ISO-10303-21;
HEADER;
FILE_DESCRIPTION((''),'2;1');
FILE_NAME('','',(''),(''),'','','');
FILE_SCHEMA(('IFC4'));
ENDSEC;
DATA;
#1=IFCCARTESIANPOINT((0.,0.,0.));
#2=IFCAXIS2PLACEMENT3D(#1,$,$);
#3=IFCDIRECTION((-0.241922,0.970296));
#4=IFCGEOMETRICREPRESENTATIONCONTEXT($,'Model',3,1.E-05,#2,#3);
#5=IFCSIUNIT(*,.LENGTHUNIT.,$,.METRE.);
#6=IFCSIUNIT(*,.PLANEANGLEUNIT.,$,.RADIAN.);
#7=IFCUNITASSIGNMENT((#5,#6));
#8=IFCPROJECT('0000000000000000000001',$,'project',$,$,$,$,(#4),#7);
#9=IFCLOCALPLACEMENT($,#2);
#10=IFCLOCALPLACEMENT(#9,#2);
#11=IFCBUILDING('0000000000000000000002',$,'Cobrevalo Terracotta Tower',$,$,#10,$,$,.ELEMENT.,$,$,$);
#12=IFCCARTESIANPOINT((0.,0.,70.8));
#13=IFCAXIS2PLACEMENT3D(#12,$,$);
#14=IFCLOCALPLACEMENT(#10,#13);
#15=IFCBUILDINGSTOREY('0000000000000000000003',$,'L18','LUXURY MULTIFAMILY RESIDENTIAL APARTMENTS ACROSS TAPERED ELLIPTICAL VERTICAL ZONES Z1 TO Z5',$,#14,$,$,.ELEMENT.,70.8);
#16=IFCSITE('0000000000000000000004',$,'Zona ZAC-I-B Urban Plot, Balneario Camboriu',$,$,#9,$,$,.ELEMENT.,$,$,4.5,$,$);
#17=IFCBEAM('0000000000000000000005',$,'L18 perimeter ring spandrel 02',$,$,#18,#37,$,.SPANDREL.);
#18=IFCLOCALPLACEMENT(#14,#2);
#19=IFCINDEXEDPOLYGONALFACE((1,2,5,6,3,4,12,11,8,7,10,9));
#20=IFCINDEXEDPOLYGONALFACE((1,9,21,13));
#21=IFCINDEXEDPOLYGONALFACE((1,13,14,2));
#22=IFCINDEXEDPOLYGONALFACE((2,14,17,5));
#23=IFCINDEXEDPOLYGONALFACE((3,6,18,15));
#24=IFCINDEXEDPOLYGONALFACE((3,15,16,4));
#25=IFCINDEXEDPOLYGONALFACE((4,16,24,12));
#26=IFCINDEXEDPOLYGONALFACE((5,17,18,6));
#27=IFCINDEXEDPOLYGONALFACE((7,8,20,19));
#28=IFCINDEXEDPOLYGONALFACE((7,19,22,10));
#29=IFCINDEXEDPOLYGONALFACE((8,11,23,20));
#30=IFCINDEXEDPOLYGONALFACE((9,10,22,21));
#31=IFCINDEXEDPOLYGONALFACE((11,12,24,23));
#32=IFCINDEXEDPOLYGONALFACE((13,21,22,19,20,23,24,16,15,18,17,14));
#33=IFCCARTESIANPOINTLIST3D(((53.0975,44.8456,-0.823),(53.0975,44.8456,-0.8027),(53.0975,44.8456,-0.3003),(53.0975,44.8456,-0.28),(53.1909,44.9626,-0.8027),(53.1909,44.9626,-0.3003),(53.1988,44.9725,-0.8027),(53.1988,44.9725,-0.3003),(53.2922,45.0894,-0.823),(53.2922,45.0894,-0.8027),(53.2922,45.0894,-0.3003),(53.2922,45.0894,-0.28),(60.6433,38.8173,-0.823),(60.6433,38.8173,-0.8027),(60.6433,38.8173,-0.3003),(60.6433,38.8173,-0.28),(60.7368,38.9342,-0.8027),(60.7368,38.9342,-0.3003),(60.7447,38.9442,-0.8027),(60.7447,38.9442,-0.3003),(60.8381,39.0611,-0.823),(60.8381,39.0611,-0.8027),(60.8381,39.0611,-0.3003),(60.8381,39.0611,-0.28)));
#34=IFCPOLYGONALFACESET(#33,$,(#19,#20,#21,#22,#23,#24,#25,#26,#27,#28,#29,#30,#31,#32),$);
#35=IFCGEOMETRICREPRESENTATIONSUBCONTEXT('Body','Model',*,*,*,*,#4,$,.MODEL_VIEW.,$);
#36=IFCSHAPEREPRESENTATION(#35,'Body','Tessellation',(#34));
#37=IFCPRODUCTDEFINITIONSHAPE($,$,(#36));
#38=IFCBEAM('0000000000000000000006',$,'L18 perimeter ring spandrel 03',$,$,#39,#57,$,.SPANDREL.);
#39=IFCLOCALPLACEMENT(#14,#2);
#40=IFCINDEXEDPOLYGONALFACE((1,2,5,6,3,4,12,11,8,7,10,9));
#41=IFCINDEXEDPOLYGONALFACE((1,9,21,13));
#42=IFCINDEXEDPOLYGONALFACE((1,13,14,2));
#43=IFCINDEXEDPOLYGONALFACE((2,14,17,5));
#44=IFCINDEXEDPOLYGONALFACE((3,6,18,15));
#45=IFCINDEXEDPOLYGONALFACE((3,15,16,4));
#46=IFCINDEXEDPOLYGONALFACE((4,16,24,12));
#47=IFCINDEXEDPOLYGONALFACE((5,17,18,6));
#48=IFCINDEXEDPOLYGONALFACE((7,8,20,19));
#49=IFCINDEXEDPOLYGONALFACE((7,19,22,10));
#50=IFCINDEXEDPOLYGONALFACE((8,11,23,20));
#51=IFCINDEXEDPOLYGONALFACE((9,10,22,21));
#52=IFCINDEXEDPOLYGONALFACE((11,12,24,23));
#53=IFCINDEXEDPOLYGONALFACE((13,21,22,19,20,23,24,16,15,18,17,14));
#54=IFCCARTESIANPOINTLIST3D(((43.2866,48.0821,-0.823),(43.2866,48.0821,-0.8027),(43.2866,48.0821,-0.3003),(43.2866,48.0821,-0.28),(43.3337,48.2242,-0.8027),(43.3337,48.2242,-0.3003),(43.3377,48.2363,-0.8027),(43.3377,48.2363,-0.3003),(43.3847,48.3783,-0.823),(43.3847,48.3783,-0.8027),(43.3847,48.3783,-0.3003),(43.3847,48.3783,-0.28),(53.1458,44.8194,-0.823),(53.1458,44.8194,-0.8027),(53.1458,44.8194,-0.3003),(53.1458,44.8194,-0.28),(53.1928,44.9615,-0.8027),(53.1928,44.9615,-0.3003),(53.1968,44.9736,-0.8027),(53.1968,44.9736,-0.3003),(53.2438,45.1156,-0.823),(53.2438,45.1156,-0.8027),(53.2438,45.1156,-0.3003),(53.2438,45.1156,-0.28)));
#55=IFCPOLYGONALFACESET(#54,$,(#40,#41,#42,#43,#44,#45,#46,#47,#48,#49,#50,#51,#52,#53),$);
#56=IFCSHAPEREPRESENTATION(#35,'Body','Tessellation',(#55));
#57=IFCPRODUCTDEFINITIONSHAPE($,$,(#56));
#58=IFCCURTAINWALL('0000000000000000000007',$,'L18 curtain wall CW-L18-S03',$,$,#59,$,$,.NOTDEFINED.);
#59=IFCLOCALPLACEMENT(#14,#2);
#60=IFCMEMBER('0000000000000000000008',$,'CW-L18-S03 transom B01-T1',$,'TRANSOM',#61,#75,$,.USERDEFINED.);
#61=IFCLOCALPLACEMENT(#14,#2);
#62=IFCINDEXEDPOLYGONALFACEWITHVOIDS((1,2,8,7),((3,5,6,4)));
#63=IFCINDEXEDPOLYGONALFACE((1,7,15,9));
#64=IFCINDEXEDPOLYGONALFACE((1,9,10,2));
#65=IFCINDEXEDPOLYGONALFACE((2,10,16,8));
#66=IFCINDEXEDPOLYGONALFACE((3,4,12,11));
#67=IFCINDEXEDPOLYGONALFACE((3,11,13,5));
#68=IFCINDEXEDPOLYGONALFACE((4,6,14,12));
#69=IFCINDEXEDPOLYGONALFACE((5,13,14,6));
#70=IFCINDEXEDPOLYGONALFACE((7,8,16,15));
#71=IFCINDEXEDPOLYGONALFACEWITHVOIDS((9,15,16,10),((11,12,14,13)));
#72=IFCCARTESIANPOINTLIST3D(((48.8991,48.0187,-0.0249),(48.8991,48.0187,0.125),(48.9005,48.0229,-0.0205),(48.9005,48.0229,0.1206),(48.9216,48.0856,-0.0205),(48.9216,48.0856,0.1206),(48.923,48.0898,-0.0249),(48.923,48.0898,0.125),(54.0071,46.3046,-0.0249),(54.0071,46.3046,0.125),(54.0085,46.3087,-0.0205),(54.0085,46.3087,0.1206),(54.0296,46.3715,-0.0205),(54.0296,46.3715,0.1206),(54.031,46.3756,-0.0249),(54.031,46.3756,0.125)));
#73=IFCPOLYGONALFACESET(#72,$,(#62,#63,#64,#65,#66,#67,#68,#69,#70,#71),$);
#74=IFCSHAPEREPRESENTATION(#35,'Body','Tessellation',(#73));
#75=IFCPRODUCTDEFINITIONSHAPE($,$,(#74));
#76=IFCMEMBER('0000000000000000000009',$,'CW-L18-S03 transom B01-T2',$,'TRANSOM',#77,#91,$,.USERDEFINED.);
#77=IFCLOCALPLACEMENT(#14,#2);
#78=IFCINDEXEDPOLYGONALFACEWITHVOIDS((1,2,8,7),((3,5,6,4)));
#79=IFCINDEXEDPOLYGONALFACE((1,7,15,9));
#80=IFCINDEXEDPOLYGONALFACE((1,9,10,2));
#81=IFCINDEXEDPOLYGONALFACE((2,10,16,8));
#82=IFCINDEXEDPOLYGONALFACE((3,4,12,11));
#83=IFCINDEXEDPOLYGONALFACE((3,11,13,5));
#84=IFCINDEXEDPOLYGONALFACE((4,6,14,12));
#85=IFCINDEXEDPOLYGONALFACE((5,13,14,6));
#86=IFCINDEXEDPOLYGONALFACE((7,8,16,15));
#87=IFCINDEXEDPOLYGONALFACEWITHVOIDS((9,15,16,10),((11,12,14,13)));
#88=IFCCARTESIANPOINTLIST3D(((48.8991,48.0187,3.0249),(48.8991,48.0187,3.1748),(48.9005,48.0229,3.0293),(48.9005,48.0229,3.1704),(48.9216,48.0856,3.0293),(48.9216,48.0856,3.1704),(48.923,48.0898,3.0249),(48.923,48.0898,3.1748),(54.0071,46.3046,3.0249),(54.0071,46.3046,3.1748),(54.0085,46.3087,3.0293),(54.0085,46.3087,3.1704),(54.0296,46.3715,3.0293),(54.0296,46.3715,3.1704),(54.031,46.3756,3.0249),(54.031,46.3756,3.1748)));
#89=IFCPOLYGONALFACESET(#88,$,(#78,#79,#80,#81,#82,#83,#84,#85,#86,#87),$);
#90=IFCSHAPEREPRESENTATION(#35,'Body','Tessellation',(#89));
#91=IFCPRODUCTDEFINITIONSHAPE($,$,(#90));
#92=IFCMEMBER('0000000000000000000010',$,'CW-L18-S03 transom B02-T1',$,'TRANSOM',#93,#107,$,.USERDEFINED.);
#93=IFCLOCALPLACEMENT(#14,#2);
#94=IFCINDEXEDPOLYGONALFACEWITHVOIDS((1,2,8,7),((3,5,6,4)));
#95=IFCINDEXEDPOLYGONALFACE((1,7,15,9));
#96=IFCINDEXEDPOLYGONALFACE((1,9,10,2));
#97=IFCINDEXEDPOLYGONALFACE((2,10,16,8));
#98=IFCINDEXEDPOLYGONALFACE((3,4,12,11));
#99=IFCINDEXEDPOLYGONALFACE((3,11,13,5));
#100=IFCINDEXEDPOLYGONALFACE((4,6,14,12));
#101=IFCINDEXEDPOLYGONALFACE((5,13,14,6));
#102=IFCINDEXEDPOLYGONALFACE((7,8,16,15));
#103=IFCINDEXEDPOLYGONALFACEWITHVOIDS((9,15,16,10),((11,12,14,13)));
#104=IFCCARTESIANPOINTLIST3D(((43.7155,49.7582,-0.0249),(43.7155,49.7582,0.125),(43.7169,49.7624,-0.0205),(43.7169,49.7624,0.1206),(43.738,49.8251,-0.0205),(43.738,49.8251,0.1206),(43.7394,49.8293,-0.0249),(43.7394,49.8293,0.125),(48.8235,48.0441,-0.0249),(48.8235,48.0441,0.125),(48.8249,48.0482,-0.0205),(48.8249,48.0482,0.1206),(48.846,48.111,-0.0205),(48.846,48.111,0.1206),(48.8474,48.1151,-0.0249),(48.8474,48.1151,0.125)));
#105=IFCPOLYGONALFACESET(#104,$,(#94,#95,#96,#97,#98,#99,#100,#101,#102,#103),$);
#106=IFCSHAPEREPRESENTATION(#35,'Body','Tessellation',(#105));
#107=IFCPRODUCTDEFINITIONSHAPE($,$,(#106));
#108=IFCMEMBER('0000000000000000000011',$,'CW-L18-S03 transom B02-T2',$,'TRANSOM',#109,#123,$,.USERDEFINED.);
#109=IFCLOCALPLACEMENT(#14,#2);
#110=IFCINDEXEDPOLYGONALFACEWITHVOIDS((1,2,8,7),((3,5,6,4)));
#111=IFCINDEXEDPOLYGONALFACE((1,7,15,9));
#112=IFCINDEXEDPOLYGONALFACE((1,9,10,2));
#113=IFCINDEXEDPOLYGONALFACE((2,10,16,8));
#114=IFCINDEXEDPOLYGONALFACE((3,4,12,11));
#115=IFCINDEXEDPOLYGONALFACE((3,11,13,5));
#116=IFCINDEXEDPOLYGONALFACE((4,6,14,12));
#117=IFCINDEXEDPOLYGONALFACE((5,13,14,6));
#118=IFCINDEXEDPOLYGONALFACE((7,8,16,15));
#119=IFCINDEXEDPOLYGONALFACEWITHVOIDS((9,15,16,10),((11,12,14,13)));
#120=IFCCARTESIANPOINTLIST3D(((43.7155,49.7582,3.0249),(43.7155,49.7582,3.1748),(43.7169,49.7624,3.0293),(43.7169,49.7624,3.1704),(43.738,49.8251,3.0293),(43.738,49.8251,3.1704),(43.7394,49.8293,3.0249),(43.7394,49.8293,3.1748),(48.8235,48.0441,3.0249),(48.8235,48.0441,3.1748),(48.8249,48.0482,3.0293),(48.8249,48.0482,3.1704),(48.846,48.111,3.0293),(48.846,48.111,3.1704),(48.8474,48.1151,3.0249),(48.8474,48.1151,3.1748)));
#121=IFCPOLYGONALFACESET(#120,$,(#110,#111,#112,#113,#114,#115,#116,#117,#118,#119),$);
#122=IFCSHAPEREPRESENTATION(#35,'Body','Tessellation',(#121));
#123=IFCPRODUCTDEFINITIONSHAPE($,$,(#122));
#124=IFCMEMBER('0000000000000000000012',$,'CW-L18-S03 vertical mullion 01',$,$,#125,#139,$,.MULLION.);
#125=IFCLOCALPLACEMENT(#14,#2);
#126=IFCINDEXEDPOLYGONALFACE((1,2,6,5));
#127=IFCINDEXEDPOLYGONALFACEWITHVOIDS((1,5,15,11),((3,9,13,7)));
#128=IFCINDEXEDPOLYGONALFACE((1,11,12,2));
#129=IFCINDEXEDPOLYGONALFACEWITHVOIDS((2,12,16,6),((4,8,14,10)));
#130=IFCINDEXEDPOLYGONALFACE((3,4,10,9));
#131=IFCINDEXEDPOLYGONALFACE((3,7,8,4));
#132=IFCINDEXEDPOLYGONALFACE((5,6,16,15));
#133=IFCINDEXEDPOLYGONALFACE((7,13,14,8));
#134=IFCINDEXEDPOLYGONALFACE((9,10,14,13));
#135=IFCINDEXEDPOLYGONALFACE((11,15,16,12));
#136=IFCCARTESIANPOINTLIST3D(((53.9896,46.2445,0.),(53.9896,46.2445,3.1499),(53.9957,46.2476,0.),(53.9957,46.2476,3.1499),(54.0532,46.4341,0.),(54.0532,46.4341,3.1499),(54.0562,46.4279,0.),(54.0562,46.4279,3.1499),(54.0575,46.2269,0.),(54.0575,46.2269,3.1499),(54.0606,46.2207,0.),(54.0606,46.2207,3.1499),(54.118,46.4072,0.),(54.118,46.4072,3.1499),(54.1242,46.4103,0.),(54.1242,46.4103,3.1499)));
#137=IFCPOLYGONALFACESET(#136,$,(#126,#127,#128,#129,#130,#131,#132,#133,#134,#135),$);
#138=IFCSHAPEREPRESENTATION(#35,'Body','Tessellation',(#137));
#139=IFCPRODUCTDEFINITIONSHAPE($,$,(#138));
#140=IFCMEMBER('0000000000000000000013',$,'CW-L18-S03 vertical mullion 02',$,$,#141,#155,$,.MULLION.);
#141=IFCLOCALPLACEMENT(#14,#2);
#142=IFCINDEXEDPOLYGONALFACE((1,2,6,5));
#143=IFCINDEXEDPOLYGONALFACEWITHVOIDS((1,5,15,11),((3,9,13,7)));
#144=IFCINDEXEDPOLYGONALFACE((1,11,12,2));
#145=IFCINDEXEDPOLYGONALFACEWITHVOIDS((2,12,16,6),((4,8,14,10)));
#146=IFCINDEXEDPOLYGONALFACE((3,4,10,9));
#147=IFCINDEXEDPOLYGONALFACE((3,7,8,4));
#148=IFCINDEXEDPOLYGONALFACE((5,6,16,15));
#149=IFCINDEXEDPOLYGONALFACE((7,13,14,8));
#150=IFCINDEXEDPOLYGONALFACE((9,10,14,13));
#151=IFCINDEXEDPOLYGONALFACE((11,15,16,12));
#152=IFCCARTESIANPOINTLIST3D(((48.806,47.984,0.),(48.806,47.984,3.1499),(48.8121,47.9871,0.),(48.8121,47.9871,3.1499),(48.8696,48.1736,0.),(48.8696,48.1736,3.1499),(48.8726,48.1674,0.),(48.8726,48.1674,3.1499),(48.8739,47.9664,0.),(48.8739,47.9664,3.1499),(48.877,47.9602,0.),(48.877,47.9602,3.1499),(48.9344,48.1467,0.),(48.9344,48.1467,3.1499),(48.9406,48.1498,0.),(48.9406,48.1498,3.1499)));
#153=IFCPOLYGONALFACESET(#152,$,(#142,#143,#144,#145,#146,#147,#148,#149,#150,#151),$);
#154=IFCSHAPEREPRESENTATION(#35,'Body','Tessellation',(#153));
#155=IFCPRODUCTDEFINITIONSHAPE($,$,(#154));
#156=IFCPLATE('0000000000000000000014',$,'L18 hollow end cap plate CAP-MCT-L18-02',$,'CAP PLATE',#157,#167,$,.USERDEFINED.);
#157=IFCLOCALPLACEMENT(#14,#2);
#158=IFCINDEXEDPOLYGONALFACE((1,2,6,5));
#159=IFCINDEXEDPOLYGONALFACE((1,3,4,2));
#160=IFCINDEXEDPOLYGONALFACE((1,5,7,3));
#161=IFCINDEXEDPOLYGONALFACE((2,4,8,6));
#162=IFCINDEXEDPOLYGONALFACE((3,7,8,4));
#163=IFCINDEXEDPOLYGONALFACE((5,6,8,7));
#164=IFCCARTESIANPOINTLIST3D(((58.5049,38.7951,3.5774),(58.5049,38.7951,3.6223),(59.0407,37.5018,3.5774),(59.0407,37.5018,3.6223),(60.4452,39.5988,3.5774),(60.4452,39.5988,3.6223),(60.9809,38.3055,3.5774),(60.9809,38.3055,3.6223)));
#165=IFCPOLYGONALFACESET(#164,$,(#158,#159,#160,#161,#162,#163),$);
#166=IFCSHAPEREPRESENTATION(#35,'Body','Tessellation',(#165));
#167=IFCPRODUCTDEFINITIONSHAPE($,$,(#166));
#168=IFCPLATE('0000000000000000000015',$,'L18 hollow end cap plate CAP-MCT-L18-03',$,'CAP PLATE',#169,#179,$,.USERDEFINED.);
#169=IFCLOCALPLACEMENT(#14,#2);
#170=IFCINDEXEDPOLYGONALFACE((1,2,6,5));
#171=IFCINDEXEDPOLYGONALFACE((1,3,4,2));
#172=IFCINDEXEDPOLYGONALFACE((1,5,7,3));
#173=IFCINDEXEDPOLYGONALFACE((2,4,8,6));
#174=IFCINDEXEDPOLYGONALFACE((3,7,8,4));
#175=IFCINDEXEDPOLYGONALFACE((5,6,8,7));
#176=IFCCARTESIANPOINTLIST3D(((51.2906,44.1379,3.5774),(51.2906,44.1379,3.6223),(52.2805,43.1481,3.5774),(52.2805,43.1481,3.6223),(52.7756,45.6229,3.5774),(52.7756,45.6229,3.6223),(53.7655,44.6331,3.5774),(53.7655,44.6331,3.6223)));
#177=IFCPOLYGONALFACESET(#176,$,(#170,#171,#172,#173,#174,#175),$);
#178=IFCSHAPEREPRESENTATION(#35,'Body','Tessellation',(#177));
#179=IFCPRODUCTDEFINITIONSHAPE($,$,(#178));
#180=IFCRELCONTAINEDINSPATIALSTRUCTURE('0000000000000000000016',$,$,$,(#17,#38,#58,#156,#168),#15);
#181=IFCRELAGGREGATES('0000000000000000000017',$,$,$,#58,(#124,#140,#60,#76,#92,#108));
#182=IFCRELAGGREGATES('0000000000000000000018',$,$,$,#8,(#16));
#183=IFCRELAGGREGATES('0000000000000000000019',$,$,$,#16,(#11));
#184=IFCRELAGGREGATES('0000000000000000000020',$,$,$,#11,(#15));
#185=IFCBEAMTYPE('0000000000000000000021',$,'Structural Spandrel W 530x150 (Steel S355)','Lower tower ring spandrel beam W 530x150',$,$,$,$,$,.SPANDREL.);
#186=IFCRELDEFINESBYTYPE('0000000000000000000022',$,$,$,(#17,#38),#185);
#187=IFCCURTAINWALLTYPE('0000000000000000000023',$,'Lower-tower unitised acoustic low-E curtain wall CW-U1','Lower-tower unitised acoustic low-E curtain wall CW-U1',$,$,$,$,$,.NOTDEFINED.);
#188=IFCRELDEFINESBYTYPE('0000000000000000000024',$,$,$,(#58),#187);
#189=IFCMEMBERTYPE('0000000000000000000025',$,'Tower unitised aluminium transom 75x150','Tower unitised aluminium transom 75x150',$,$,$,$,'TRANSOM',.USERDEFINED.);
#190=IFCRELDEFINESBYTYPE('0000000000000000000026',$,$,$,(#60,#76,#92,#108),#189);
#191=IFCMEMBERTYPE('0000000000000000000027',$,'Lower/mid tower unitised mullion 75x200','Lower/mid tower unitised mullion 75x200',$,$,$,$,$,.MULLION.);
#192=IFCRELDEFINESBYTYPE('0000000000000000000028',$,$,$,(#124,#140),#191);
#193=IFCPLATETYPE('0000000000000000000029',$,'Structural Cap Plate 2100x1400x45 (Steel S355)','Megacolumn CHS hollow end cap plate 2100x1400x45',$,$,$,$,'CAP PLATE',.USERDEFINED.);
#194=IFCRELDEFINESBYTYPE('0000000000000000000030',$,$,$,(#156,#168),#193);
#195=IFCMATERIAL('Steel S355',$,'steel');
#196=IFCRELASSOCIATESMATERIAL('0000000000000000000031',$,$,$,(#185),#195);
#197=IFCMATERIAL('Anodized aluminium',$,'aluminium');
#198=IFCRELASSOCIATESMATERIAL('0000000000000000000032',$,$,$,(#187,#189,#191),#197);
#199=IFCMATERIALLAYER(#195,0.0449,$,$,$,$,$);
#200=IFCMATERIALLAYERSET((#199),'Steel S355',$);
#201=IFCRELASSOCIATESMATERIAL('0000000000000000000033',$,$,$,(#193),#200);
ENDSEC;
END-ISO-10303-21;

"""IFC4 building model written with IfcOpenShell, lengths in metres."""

from ifc_helpers import new_model, si_unit, direction, frame, origin, origin_2d, place, context, subcontext, project, spatial, rectangle, hollow_rectangle, i_section, extrude, source, transform, mapped, material, layer, layer_set, material_profile, profile_set, type_object, element, aggregate, save


model = new_model("IFC4")

# Units and contexts
model_context = context("Model", 3, precision=1e-05, world=origin(), true_north=direction((-0.241922, 0.970296)))
body_context = subcontext(model_context, "Body", "Model", "MODEL_VIEW")
ifc_project = project(units=[si_unit("LENGTHUNIT", "METRE"), si_unit("PLANEANGLEUNIT", "RADIAN")], contexts=[model_context])

# Site, building, storey
site_placement = place(None, origin())
site = spatial("IfcSite", under=ifc_project, at=site_placement, Name="Zona ZAC-I-B Urban Plot, Balneario Camboriu", CompositionType="ELEMENT", RefElevation=4.5)
building_placement = place(site_placement, origin())
building = spatial("IfcBuilding", under=site, at=building_placement, Name="Cobrevalo Terracotta Tower", CompositionType="ELEMENT")
storey_placement = place(building_placement, frame((0.0, 0.0, 70.8)))
storey = spatial("IfcBuildingStorey", under=building, at=storey_placement, Name="L18", Description="LUXURY MULTIFAMILY RESIDENTIAL APARTMENTS ACROSS TAPERED ELLIPTICAL VERTICAL ZONES Z1 TO Z5", CompositionType="ELEMENT", Elevation=70.8)

# Shared definitions
ifc_material_1 = material(Name="Steel S355", Category="steel")

# Beams
ifc_material_profile_1 = material_profile(ifc_material_1, i_section(OverallWidth=0.312, OverallDepth=0.543, WebThickness=0.0127, FlangeThickness=0.0203, at=origin_2d()), Name="W 530x150")
ifc_profile_set_1 = profile_set([ifc_material_profile_1], Name="Steel S355")
beam_type_1 = type_object("IfcBeamType", Name="Structural Spandrel W 530x150 (Steel S355)", Description="Lower tower ring spandrel beam W 530x150", PredefinedType="SPANDREL", material=ifc_profile_set_1)
beam_1_placement = place(storey_placement, frame((60.7407, 38.9392, -0.5515), z_axis=(-0.781293, 0.624165, 0.0), x_axis=(-0.624165, -0.781293, 0.0)))
element("IfcBeam", 1, at=beam_1_placement, inside=storey, type_object=beam_type_1, Name="L18 perimeter ring spandrel 02", PredefinedType="SPANDREL", context=body_context, shape_type="SweptSolid", body=[
    extrude(i_section(OverallWidth=0.312, OverallDepth=0.543, WebThickness=0.0127, FlangeThickness=0.0203, at=origin_2d()), origin(), (0.0, 0.0, 1.0), 9.6582),
])
beam_2_placement = place(storey_placement, frame((53.1948, 44.9675, -0.5515), z_axis=(-0.949365, 0.314175, 0.0), x_axis=(-0.314175, -0.949365, 0.0)))
element("IfcBeam", 2, at=beam_2_placement, inside=storey, type_object=beam_type_1, Name="L18 perimeter ring spandrel 03", PredefinedType="SPANDREL", context=body_context, shape_type="SweptSolid", body=[
    extrude(i_section(OverallWidth=0.312, OverallDepth=0.543, WebThickness=0.0127, FlangeThickness=0.0203, at=origin_2d()), origin(), (0.0, 0.0, 1.0), 10.385),
])

# Curtain wall, members
ifc_material_2 = material(Name="Anodized aluminium", Category="aluminium")
curtain_wall_type = type_object("IfcCurtainWallType", Name="Lower-tower unitised acoustic low-E curtain wall CW-U1", Description="Lower-tower unitised acoustic low-E curtain wall CW-U1", PredefinedType="NOTDEFINED", material=ifc_material_2)
curtain_wall_placement = place(storey_placement, origin())
curtain_wall = element("IfcCurtainWall", 3, at=curtain_wall_placement, inside=storey, type_object=curtain_wall_type, Name="L18 curtain wall CW-L18-S03", PredefinedType="NOTDEFINED")
ifc_material_profile_2 = material_profile(ifc_material_2, hollow_rectangle(XDim=0.075, YDim=0.1499, WallThickness=0.0044, at=origin_2d()), Name="CWT 75x150")
ifc_profile_set_2 = profile_set([ifc_material_profile_2], Name="Anodized aluminium")
member_type_1 = type_object("IfcMemberType", Name="Tower unitised aluminium transom 75x150", Description="Tower unitised aluminium transom 75x150", ElementType="TRANSOM", PredefinedType="USERDEFINED", material=ifc_profile_set_2)
shared_shape_1 = source(origin(), body_context, "Body", "SweptSolid", [
    extrude(hollow_rectangle(XDim=0.075, YDim=0.1499, WallThickness=0.0044, at=origin_2d()), origin(), (0.0, 0.0, 1.0), 5.3879),
])
member_1_placement = place(storey_placement, frame((54.019, 46.3401, 0.05), z_axis=(-0.948042, 0.318144, 0.0), x_axis=(-0.318144, -0.948042, 0.0)))
member_1 = element("IfcMember", 4, at=member_1_placement, type_object=member_type_1, Name="CW-L18-S03 transom B01-T1", ObjectType="TRANSOM", PredefinedType="USERDEFINED", context=body_context, shape_type="MappedRepresentation", body=[
    mapped(shared_shape_1, transform((0.0, 0.0, 0.0), scale=1.0)),
])
member_2_placement = place(storey_placement, frame((54.019, 46.3401, 3.0999), z_axis=(-0.948042, 0.318144, 0.0), x_axis=(-0.318144, -0.948042, 0.0)))
member_2 = element("IfcMember", 5, at=member_2_placement, type_object=member_type_1, Name="CW-L18-S03 transom B01-T2", ObjectType="TRANSOM", PredefinedType="USERDEFINED", context=body_context, shape_type="MappedRepresentation", body=[
    mapped(shared_shape_1, transform((0.0, 0.0, 0.0), scale=1.0)),
])
member_3_placement = place(storey_placement, frame((48.8354, 48.0796, 0.05), z_axis=(-0.948042, 0.318144, 0.0), x_axis=(-0.318144, -0.948042, 0.0)))
member_3 = element("IfcMember", 6, at=member_3_placement, type_object=member_type_1, Name="CW-L18-S03 transom B02-T1", ObjectType="TRANSOM", PredefinedType="USERDEFINED", context=body_context, shape_type="MappedRepresentation", body=[
    mapped(shared_shape_1, transform((0.0, 0.0, 0.0), scale=1.0)),
])
member_4_placement = place(storey_placement, frame((48.8354, 48.0796, 3.0999), z_axis=(-0.948042, 0.318144, 0.0), x_axis=(-0.318144, -0.948042, 0.0)))
member_4 = element("IfcMember", 7, at=member_4_placement, type_object=member_type_1, Name="CW-L18-S03 transom B02-T2", ObjectType="TRANSOM", PredefinedType="USERDEFINED", context=body_context, shape_type="MappedRepresentation", body=[
    mapped(shared_shape_1, transform((0.0, 0.0, 0.0), scale=1.0)),
])
ifc_material_profile_3 = material_profile(ifc_material_2, hollow_rectangle(XDim=0.075, YDim=0.2, WallThickness=0.0049, at=origin_2d()), Name="CWM 75x200")
ifc_profile_set_3 = profile_set([ifc_material_profile_3], Name="Anodized aluminium")
member_type_2 = type_object("IfcMemberType", Name="Lower/mid tower unitised mullion 75x200", Description="Lower/mid tower unitised mullion 75x200", PredefinedType="MULLION", material=ifc_profile_set_3)
shared_shape_2 = source(origin(), body_context, "Body", "SweptSolid", [
    extrude(hollow_rectangle(XDim=0.075, YDim=0.2, WallThickness=0.0049, at=origin_2d()), origin(), (0.0, 0.0, 1.0), 3.1499),
])
member_5_placement = place(storey_placement, frame((54.0569, 46.3274, 0.0), z_axis=(0.0, 0.0, 1.0), x_axis=(-0.948046, 0.318132, 0.0)))
member_5 = element("IfcMember", 8, at=member_5_placement, type_object=member_type_2, Name="CW-L18-S03 vertical mullion 01", PredefinedType="MULLION", context=body_context, shape_type="MappedRepresentation", body=[
    mapped(shared_shape_2, transform((0.0, 0.0, 0.0), scale=1.0)),
])
member_6_placement = place(storey_placement, frame((48.8733, 48.0669, 0.0), z_axis=(0.0, 0.0, 1.0), x_axis=(-0.948046, 0.318132, 0.0)))
member_6 = element("IfcMember", 9, at=member_6_placement, type_object=member_type_2, Name="CW-L18-S03 vertical mullion 02", PredefinedType="MULLION", context=body_context, shape_type="MappedRepresentation", body=[
    mapped(shared_shape_2, transform((0.0, 0.0, 0.0), scale=1.0)),
])

# Plates
ifc_layer_1 = layer(ifc_material_1, 0.0449)
ifc_layer_set_1 = layer_set([ifc_layer_1], Name="Steel S355")
plate_type_1 = type_object("IfcPlateType", Name="Structural Cap Plate 2100x1400x45 (Steel S355)", Description="Megacolumn CHS hollow end cap plate 2100x1400x45", ElementType="CAP PLATE", PredefinedType="USERDEFINED", material=ifc_layer_set_1)
shared_shape_3 = source(origin(), body_context, "Body", "SweptSolid", [
    extrude(rectangle(XDim=2.1001, YDim=1.3999, at=origin_2d()), origin(), (0.0, 0.0, 1.0), 0.0449),
])
for number, where, z_axis, x_axis, name in (
    (10, (59.7429, 38.5503, 3.5774), (0.0, 0.0, 1.0), (0.92388, 0.382683, 0.0), "L18 hollow end cap plate CAP-MCT-L18-02"),
    (11, (52.5281, 44.3855, 3.5774), (0.0, 0.0, 1.0), (0.707107, 0.707107, 0.0), "L18 hollow end cap plate CAP-MCT-L18-03"),
):
    element("IfcPlate", number, at=place(storey_placement, frame(where, z_axis=z_axis, x_axis=x_axis)), inside=storey, type_object=plate_type_1, Name=name, ObjectType="CAP PLATE", PredefinedType="USERDEFINED", context=body_context, shape_type="MappedRepresentation", body=[
        mapped(shared_shape_3, transform((0.0, 0.0, 0.0), scale=1.0)),
    ])

aggregate(curtain_wall, [member_5, member_6, member_1, member_2, member_3, member_4])

save(model, "model.ifc")
